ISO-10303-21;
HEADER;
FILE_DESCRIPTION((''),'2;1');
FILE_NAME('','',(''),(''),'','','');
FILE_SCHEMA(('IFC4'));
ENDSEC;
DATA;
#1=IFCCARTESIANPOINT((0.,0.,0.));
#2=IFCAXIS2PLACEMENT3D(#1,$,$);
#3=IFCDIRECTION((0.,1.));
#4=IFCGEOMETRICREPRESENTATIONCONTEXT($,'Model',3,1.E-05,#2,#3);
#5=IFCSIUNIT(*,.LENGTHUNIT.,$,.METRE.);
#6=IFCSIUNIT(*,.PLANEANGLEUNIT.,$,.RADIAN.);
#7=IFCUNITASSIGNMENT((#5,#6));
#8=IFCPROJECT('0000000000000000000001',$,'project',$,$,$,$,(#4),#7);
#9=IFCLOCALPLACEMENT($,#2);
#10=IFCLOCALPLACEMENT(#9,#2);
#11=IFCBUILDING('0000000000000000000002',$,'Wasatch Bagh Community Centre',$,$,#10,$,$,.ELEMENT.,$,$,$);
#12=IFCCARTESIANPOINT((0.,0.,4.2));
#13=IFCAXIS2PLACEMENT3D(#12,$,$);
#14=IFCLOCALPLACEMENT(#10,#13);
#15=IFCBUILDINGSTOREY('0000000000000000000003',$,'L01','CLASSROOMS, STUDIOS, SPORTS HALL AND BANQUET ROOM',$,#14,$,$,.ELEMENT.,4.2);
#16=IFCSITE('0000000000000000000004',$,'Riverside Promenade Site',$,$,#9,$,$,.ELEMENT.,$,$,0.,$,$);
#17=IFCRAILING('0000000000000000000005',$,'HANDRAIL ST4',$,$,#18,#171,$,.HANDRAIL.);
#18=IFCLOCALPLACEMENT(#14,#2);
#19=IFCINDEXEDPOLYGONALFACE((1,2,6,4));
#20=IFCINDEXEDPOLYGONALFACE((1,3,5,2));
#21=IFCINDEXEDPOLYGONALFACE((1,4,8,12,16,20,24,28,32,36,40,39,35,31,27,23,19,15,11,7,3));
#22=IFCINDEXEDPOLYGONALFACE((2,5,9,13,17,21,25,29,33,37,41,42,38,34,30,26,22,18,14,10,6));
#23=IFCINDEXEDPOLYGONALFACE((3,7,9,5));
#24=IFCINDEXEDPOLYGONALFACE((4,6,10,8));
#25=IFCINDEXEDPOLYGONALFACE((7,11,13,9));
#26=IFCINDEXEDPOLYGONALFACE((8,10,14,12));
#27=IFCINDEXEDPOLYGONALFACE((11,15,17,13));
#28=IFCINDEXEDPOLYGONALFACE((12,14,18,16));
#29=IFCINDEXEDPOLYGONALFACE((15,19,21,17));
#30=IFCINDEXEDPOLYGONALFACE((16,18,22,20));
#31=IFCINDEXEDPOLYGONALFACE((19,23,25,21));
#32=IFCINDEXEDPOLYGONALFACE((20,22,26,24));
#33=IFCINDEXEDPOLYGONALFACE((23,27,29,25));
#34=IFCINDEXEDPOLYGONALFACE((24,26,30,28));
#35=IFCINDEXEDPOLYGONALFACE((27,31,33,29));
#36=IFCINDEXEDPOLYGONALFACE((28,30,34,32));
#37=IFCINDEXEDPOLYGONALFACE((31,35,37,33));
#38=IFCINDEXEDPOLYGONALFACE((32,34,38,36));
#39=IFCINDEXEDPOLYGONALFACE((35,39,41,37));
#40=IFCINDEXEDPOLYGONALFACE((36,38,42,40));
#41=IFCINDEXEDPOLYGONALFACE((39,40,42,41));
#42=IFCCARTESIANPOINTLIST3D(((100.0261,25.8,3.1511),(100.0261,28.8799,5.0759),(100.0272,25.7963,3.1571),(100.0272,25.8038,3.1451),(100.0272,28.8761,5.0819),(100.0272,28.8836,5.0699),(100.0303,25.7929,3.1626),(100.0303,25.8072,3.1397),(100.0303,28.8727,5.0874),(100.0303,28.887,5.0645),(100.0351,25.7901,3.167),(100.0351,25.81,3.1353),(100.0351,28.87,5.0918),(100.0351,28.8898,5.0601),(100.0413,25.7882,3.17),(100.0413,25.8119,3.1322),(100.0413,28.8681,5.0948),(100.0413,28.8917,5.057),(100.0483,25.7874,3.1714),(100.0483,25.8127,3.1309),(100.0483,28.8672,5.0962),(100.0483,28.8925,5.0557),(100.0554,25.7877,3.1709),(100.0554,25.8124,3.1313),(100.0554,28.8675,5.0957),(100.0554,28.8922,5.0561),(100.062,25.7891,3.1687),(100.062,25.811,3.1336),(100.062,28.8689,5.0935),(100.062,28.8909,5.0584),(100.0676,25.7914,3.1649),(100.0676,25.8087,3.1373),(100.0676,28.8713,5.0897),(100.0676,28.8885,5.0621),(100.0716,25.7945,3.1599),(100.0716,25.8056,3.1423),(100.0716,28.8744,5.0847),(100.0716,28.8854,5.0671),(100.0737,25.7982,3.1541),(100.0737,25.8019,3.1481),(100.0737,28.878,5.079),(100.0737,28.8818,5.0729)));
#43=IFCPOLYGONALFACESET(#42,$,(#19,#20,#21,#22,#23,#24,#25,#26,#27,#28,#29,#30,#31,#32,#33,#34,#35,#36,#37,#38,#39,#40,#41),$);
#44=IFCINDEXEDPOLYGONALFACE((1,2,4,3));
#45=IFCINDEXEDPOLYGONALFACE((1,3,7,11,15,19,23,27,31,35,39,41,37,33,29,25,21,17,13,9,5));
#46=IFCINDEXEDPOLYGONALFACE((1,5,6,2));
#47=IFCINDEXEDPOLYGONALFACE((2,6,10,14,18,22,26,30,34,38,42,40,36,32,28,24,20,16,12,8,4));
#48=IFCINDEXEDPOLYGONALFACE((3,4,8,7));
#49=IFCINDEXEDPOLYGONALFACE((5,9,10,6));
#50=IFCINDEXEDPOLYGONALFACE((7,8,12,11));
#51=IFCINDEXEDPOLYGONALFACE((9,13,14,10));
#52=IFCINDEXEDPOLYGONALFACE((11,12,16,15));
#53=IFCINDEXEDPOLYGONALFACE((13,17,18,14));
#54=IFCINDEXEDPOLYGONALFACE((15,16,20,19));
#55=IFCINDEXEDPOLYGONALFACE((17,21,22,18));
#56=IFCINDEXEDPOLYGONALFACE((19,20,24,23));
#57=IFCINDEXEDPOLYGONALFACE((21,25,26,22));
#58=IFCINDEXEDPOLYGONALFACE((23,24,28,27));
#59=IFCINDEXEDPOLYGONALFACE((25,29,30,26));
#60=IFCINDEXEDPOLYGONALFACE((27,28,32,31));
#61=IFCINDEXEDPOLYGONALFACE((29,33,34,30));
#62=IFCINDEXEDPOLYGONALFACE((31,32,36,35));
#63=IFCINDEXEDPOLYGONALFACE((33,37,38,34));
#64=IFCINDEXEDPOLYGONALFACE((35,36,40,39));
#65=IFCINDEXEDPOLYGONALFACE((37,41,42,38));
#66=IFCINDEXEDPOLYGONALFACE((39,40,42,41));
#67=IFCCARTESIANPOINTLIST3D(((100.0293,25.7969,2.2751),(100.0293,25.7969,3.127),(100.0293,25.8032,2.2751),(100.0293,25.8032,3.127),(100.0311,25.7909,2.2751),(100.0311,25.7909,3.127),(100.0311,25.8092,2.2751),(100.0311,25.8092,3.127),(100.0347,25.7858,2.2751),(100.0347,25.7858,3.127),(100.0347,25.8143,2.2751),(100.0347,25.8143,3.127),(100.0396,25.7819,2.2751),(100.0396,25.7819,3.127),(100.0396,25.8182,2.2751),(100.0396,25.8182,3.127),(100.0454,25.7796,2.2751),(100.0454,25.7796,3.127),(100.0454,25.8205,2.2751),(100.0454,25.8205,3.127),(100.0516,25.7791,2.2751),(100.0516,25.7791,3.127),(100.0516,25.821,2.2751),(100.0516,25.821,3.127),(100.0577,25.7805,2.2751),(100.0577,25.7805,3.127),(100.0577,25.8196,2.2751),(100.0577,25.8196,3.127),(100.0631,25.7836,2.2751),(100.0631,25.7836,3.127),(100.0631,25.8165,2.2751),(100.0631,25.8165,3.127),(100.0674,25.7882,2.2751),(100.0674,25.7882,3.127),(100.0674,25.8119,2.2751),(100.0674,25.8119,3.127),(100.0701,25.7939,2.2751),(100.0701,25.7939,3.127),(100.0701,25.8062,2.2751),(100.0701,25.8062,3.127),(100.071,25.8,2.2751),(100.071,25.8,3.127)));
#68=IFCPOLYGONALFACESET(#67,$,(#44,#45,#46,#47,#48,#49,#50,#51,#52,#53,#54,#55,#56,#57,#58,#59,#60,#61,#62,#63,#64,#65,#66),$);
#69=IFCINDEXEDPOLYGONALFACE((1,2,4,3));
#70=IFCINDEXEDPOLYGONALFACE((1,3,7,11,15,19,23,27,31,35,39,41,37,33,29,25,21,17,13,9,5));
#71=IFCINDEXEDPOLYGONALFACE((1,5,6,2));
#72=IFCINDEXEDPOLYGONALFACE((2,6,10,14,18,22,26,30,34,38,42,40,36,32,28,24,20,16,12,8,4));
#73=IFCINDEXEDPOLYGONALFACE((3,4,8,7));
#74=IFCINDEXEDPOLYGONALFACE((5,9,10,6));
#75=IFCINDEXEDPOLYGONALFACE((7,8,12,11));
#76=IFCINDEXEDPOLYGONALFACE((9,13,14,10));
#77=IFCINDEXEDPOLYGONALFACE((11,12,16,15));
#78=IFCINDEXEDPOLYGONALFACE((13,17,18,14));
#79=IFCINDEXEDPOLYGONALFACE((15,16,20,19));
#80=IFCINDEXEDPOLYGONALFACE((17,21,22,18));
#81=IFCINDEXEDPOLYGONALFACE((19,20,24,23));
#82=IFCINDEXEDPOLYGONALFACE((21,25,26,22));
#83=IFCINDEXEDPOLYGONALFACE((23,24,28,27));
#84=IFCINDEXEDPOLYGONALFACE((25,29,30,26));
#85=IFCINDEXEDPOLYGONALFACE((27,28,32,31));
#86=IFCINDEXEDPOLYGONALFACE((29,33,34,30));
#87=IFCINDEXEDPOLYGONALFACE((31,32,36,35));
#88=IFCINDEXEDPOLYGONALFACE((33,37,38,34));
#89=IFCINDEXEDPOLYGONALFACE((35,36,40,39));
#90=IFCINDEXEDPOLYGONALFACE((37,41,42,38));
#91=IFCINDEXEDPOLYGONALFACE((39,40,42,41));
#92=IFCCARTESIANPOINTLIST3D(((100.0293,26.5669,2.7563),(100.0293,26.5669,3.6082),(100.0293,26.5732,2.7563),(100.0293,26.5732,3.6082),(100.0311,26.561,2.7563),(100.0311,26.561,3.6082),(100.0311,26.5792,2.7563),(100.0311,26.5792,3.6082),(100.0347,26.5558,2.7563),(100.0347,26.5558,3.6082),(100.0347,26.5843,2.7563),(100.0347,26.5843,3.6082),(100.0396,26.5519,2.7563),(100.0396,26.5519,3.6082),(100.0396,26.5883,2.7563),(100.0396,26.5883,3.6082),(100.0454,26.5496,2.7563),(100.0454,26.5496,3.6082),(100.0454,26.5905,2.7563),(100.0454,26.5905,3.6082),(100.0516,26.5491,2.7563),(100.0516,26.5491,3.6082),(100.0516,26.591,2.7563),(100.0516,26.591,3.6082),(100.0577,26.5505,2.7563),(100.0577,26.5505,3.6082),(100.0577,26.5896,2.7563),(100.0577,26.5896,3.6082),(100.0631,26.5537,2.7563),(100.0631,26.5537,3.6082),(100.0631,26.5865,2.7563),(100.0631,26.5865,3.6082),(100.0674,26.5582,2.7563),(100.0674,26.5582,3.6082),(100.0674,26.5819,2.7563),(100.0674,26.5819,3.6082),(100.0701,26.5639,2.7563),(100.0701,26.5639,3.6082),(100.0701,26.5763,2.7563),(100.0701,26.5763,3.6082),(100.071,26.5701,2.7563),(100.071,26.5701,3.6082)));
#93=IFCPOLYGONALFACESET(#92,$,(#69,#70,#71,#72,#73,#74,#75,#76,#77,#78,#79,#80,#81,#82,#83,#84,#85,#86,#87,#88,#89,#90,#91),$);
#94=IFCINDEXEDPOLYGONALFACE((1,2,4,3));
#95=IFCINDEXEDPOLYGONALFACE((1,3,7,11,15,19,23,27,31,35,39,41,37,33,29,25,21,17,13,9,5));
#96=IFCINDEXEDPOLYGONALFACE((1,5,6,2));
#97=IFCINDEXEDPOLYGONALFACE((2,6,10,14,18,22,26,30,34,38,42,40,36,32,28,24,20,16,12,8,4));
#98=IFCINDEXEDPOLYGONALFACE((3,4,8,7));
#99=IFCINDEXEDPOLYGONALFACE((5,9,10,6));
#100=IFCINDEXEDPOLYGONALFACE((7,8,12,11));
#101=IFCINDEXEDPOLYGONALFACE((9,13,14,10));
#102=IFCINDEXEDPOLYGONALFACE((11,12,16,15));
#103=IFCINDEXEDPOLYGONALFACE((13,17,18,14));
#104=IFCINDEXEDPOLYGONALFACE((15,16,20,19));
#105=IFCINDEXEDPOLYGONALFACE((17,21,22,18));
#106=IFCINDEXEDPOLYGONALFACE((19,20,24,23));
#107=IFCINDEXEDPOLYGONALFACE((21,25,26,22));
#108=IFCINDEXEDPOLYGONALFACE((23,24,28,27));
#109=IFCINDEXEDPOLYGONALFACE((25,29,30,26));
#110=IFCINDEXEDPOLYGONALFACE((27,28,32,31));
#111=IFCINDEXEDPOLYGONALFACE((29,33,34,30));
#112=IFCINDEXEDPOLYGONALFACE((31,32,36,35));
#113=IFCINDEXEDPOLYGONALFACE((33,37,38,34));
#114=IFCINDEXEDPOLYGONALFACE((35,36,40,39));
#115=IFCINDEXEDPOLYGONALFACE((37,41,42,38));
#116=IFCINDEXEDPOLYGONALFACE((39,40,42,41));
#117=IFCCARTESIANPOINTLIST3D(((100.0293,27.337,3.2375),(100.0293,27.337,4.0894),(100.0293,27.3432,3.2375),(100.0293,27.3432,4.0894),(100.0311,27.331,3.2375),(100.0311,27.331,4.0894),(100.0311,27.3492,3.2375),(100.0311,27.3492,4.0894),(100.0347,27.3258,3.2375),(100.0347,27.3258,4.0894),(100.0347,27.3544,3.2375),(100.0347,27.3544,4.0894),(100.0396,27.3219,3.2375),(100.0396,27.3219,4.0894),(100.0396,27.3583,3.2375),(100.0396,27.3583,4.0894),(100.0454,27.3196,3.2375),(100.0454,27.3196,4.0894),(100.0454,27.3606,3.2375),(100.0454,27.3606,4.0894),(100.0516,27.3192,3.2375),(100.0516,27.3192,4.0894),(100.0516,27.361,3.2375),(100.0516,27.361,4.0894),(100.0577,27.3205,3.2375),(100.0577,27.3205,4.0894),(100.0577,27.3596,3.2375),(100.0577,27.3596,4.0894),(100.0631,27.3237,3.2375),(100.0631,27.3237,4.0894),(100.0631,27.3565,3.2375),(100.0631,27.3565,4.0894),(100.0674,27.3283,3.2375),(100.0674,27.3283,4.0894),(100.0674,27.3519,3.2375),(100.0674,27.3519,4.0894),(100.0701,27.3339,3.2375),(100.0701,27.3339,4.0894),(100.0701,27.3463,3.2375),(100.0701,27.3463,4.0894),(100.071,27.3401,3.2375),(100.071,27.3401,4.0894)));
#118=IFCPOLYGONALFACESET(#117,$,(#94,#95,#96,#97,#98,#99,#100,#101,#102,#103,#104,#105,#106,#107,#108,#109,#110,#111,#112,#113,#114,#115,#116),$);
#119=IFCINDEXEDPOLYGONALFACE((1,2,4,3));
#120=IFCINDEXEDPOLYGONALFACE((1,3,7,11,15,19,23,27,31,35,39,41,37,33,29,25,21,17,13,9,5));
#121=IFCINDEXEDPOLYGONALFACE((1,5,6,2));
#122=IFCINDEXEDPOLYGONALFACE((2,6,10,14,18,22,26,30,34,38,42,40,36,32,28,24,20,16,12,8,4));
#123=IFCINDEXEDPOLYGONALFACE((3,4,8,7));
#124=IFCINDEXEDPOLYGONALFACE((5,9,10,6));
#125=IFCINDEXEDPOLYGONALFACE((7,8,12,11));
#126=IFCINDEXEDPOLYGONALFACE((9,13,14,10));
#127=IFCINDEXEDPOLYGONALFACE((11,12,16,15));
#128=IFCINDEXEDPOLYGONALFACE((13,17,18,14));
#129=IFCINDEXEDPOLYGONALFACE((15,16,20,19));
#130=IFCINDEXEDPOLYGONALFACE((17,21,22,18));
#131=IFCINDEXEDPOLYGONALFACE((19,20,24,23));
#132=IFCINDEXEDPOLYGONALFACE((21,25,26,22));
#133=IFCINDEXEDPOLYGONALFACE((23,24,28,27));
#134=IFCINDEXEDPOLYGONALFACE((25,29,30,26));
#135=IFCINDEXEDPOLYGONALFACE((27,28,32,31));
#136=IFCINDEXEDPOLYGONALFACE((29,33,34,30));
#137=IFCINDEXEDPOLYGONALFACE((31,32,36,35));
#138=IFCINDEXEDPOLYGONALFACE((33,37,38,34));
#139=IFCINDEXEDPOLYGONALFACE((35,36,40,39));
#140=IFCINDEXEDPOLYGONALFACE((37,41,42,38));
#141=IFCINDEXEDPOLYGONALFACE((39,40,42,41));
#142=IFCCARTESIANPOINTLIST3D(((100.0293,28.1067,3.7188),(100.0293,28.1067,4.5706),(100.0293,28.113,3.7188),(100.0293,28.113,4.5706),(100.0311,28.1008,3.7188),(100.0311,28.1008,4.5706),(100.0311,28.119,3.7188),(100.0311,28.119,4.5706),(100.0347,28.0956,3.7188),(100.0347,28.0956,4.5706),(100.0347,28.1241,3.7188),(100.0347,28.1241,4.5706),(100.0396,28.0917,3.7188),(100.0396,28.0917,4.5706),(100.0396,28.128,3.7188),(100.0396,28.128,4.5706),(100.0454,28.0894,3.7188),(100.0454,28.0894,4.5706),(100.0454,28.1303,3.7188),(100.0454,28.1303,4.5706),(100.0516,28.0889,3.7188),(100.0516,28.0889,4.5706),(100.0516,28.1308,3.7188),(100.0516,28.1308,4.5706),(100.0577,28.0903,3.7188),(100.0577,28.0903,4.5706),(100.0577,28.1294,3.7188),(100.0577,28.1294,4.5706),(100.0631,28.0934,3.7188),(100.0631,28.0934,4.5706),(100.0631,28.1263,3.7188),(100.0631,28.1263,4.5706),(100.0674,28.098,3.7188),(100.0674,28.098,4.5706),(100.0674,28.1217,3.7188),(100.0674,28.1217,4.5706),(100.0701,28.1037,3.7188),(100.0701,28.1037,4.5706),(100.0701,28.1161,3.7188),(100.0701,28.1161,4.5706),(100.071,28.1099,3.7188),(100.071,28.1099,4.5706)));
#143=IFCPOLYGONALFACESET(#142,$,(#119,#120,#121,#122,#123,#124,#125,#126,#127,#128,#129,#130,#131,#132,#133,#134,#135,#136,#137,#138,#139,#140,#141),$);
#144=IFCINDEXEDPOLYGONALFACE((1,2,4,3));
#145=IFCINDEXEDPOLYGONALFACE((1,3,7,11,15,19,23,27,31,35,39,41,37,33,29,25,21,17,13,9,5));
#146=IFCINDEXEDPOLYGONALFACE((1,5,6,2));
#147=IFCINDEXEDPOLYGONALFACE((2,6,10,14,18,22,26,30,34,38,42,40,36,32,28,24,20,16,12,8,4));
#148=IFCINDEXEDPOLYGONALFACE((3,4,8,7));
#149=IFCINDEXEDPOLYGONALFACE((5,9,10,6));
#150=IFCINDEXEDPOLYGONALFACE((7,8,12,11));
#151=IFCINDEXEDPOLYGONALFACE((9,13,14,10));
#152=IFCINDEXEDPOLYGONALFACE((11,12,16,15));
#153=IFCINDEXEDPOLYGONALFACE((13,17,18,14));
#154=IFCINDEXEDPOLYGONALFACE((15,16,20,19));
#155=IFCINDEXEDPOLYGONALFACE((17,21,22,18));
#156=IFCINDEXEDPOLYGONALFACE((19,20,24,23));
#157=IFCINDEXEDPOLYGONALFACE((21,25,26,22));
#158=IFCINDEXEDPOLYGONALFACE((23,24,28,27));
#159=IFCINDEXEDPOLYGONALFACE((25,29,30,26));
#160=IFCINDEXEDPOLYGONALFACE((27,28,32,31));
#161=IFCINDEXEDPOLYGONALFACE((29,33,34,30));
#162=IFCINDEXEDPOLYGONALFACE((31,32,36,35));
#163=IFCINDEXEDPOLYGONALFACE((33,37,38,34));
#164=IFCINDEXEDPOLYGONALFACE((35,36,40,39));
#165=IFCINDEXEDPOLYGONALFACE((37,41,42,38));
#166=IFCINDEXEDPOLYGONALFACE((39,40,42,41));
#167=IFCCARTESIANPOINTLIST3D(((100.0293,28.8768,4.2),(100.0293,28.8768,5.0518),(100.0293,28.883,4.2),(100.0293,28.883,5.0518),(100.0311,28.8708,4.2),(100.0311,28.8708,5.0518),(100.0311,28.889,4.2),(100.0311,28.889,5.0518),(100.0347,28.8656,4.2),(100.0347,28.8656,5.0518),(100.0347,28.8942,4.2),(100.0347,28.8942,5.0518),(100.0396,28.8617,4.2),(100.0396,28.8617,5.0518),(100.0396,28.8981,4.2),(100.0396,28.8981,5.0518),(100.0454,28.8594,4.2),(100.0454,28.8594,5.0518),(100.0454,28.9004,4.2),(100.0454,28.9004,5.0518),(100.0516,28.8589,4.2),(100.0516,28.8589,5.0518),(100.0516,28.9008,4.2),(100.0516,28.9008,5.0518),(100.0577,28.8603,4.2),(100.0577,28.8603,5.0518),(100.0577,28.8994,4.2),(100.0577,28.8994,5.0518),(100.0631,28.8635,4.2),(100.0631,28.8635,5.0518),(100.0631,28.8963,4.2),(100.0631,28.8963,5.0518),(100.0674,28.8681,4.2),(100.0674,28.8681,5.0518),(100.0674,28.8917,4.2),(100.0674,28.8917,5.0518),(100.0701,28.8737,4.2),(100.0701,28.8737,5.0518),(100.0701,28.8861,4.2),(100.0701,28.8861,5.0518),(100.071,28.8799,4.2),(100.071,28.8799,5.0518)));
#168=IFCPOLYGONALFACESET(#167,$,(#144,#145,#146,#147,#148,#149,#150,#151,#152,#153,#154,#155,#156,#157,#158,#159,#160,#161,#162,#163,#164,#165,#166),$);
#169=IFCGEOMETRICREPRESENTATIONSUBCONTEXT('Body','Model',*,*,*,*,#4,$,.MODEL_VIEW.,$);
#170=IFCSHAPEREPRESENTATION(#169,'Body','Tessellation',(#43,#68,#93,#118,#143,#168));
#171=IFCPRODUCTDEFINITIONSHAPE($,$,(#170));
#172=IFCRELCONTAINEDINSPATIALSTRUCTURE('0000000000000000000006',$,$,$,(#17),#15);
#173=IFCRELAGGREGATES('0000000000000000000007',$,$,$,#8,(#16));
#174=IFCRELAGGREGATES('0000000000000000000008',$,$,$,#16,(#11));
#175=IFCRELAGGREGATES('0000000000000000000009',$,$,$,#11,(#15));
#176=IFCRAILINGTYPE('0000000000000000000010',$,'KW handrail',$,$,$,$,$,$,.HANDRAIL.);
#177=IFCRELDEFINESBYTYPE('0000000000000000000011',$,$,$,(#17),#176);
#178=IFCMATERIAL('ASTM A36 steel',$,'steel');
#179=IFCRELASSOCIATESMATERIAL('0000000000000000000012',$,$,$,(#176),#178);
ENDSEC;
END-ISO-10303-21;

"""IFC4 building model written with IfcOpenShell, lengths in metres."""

from ifc_helpers import new_model, si_unit, direction, frame, origin, origin_2d, place, context, subcontext, project, spatial, circle, extrude, material, type_object, element, save


model = new_model("IFC4")

# Units and contexts
model_context = context("Model", 3, precision=1e-05, world=origin(), true_north=direction((0.0, 1.0)))
body_context = subcontext(model_context, "Body", "Model", "MODEL_VIEW")
ifc_project = project(units=[si_unit("LENGTHUNIT", "METRE"), si_unit("PLANEANGLEUNIT", "RADIAN")], contexts=[model_context])

# Site, building, storey
site_placement = place(None, origin())
site = spatial("IfcSite", under=ifc_project, at=site_placement, Name="Riverside Promenade Site", CompositionType="ELEMENT", RefElevation=0.0)
building_placement = place(site_placement, origin())
building = spatial("IfcBuilding", under=site, at=building_placement, Name="Wasatch Bagh Community Centre", CompositionType="ELEMENT")
storey_placement = place(building_placement, frame((0.0, 0.0, 4.2)))
storey = spatial("IfcBuildingStorey", under=building, at=storey_placement, Name="L01", Description="CLASSROOMS, STUDIOS, SPORTS HALL AND BANQUET ROOM", CompositionType="ELEMENT", Elevation=4.2)

# Railing
ifc_material_1 = material(Name="ASTM A36 steel", Category="steel")
railing_type_1 = type_object("IfcRailingType", Name="KW handrail", PredefinedType="HANDRAIL", material=ifc_material_1)
for number, where, name in (
    (1, (100.05, 25.8, 2.2751), "HANDRAIL ST4"),
):
    element("IfcRailing", number, at=place(storey_placement, frame(where)), inside=storey, type_object=railing_type_1, Name=name, PredefinedType="HANDRAIL", context=body_context, shape_type="SweptSolid", body=[
        extrude(circle(Radius=0.0239, at=origin_2d()), frame((0.0, 0.0, 0.876), z_axis=(0.0, 0.84801, 0.529981), x_axis=(-1.0, 0.0, 0.0)), (0.0, 0.0, 1.0), 3.6318),
        extrude(circle(Radius=0.021, at=origin_2d()), origin(), (0.0, 0.0, 1.0), 0.8518),
        extrude(circle(Radius=0.021, at=origin_2d()), frame((0.0, 0.77, 0.4812)), (0.0, 0.0, 1.0), 0.8518),
        extrude(circle(Radius=0.021, at=origin_2d()), frame((0.0, 1.54, 0.9624)), (0.0, 0.0, 1.0), 0.8518),
        extrude(circle(Radius=0.021, at=origin_2d()), frame((0.0, 2.3098, 1.4436)), (0.0, 0.0, 1.0), 0.8518),
        extrude(circle(Radius=0.021, at=origin_2d()), frame((0.0, 3.0798, 1.9248)), (0.0, 0.0, 1.0), 0.8518),
    ])

save(model, "model.ifc")
